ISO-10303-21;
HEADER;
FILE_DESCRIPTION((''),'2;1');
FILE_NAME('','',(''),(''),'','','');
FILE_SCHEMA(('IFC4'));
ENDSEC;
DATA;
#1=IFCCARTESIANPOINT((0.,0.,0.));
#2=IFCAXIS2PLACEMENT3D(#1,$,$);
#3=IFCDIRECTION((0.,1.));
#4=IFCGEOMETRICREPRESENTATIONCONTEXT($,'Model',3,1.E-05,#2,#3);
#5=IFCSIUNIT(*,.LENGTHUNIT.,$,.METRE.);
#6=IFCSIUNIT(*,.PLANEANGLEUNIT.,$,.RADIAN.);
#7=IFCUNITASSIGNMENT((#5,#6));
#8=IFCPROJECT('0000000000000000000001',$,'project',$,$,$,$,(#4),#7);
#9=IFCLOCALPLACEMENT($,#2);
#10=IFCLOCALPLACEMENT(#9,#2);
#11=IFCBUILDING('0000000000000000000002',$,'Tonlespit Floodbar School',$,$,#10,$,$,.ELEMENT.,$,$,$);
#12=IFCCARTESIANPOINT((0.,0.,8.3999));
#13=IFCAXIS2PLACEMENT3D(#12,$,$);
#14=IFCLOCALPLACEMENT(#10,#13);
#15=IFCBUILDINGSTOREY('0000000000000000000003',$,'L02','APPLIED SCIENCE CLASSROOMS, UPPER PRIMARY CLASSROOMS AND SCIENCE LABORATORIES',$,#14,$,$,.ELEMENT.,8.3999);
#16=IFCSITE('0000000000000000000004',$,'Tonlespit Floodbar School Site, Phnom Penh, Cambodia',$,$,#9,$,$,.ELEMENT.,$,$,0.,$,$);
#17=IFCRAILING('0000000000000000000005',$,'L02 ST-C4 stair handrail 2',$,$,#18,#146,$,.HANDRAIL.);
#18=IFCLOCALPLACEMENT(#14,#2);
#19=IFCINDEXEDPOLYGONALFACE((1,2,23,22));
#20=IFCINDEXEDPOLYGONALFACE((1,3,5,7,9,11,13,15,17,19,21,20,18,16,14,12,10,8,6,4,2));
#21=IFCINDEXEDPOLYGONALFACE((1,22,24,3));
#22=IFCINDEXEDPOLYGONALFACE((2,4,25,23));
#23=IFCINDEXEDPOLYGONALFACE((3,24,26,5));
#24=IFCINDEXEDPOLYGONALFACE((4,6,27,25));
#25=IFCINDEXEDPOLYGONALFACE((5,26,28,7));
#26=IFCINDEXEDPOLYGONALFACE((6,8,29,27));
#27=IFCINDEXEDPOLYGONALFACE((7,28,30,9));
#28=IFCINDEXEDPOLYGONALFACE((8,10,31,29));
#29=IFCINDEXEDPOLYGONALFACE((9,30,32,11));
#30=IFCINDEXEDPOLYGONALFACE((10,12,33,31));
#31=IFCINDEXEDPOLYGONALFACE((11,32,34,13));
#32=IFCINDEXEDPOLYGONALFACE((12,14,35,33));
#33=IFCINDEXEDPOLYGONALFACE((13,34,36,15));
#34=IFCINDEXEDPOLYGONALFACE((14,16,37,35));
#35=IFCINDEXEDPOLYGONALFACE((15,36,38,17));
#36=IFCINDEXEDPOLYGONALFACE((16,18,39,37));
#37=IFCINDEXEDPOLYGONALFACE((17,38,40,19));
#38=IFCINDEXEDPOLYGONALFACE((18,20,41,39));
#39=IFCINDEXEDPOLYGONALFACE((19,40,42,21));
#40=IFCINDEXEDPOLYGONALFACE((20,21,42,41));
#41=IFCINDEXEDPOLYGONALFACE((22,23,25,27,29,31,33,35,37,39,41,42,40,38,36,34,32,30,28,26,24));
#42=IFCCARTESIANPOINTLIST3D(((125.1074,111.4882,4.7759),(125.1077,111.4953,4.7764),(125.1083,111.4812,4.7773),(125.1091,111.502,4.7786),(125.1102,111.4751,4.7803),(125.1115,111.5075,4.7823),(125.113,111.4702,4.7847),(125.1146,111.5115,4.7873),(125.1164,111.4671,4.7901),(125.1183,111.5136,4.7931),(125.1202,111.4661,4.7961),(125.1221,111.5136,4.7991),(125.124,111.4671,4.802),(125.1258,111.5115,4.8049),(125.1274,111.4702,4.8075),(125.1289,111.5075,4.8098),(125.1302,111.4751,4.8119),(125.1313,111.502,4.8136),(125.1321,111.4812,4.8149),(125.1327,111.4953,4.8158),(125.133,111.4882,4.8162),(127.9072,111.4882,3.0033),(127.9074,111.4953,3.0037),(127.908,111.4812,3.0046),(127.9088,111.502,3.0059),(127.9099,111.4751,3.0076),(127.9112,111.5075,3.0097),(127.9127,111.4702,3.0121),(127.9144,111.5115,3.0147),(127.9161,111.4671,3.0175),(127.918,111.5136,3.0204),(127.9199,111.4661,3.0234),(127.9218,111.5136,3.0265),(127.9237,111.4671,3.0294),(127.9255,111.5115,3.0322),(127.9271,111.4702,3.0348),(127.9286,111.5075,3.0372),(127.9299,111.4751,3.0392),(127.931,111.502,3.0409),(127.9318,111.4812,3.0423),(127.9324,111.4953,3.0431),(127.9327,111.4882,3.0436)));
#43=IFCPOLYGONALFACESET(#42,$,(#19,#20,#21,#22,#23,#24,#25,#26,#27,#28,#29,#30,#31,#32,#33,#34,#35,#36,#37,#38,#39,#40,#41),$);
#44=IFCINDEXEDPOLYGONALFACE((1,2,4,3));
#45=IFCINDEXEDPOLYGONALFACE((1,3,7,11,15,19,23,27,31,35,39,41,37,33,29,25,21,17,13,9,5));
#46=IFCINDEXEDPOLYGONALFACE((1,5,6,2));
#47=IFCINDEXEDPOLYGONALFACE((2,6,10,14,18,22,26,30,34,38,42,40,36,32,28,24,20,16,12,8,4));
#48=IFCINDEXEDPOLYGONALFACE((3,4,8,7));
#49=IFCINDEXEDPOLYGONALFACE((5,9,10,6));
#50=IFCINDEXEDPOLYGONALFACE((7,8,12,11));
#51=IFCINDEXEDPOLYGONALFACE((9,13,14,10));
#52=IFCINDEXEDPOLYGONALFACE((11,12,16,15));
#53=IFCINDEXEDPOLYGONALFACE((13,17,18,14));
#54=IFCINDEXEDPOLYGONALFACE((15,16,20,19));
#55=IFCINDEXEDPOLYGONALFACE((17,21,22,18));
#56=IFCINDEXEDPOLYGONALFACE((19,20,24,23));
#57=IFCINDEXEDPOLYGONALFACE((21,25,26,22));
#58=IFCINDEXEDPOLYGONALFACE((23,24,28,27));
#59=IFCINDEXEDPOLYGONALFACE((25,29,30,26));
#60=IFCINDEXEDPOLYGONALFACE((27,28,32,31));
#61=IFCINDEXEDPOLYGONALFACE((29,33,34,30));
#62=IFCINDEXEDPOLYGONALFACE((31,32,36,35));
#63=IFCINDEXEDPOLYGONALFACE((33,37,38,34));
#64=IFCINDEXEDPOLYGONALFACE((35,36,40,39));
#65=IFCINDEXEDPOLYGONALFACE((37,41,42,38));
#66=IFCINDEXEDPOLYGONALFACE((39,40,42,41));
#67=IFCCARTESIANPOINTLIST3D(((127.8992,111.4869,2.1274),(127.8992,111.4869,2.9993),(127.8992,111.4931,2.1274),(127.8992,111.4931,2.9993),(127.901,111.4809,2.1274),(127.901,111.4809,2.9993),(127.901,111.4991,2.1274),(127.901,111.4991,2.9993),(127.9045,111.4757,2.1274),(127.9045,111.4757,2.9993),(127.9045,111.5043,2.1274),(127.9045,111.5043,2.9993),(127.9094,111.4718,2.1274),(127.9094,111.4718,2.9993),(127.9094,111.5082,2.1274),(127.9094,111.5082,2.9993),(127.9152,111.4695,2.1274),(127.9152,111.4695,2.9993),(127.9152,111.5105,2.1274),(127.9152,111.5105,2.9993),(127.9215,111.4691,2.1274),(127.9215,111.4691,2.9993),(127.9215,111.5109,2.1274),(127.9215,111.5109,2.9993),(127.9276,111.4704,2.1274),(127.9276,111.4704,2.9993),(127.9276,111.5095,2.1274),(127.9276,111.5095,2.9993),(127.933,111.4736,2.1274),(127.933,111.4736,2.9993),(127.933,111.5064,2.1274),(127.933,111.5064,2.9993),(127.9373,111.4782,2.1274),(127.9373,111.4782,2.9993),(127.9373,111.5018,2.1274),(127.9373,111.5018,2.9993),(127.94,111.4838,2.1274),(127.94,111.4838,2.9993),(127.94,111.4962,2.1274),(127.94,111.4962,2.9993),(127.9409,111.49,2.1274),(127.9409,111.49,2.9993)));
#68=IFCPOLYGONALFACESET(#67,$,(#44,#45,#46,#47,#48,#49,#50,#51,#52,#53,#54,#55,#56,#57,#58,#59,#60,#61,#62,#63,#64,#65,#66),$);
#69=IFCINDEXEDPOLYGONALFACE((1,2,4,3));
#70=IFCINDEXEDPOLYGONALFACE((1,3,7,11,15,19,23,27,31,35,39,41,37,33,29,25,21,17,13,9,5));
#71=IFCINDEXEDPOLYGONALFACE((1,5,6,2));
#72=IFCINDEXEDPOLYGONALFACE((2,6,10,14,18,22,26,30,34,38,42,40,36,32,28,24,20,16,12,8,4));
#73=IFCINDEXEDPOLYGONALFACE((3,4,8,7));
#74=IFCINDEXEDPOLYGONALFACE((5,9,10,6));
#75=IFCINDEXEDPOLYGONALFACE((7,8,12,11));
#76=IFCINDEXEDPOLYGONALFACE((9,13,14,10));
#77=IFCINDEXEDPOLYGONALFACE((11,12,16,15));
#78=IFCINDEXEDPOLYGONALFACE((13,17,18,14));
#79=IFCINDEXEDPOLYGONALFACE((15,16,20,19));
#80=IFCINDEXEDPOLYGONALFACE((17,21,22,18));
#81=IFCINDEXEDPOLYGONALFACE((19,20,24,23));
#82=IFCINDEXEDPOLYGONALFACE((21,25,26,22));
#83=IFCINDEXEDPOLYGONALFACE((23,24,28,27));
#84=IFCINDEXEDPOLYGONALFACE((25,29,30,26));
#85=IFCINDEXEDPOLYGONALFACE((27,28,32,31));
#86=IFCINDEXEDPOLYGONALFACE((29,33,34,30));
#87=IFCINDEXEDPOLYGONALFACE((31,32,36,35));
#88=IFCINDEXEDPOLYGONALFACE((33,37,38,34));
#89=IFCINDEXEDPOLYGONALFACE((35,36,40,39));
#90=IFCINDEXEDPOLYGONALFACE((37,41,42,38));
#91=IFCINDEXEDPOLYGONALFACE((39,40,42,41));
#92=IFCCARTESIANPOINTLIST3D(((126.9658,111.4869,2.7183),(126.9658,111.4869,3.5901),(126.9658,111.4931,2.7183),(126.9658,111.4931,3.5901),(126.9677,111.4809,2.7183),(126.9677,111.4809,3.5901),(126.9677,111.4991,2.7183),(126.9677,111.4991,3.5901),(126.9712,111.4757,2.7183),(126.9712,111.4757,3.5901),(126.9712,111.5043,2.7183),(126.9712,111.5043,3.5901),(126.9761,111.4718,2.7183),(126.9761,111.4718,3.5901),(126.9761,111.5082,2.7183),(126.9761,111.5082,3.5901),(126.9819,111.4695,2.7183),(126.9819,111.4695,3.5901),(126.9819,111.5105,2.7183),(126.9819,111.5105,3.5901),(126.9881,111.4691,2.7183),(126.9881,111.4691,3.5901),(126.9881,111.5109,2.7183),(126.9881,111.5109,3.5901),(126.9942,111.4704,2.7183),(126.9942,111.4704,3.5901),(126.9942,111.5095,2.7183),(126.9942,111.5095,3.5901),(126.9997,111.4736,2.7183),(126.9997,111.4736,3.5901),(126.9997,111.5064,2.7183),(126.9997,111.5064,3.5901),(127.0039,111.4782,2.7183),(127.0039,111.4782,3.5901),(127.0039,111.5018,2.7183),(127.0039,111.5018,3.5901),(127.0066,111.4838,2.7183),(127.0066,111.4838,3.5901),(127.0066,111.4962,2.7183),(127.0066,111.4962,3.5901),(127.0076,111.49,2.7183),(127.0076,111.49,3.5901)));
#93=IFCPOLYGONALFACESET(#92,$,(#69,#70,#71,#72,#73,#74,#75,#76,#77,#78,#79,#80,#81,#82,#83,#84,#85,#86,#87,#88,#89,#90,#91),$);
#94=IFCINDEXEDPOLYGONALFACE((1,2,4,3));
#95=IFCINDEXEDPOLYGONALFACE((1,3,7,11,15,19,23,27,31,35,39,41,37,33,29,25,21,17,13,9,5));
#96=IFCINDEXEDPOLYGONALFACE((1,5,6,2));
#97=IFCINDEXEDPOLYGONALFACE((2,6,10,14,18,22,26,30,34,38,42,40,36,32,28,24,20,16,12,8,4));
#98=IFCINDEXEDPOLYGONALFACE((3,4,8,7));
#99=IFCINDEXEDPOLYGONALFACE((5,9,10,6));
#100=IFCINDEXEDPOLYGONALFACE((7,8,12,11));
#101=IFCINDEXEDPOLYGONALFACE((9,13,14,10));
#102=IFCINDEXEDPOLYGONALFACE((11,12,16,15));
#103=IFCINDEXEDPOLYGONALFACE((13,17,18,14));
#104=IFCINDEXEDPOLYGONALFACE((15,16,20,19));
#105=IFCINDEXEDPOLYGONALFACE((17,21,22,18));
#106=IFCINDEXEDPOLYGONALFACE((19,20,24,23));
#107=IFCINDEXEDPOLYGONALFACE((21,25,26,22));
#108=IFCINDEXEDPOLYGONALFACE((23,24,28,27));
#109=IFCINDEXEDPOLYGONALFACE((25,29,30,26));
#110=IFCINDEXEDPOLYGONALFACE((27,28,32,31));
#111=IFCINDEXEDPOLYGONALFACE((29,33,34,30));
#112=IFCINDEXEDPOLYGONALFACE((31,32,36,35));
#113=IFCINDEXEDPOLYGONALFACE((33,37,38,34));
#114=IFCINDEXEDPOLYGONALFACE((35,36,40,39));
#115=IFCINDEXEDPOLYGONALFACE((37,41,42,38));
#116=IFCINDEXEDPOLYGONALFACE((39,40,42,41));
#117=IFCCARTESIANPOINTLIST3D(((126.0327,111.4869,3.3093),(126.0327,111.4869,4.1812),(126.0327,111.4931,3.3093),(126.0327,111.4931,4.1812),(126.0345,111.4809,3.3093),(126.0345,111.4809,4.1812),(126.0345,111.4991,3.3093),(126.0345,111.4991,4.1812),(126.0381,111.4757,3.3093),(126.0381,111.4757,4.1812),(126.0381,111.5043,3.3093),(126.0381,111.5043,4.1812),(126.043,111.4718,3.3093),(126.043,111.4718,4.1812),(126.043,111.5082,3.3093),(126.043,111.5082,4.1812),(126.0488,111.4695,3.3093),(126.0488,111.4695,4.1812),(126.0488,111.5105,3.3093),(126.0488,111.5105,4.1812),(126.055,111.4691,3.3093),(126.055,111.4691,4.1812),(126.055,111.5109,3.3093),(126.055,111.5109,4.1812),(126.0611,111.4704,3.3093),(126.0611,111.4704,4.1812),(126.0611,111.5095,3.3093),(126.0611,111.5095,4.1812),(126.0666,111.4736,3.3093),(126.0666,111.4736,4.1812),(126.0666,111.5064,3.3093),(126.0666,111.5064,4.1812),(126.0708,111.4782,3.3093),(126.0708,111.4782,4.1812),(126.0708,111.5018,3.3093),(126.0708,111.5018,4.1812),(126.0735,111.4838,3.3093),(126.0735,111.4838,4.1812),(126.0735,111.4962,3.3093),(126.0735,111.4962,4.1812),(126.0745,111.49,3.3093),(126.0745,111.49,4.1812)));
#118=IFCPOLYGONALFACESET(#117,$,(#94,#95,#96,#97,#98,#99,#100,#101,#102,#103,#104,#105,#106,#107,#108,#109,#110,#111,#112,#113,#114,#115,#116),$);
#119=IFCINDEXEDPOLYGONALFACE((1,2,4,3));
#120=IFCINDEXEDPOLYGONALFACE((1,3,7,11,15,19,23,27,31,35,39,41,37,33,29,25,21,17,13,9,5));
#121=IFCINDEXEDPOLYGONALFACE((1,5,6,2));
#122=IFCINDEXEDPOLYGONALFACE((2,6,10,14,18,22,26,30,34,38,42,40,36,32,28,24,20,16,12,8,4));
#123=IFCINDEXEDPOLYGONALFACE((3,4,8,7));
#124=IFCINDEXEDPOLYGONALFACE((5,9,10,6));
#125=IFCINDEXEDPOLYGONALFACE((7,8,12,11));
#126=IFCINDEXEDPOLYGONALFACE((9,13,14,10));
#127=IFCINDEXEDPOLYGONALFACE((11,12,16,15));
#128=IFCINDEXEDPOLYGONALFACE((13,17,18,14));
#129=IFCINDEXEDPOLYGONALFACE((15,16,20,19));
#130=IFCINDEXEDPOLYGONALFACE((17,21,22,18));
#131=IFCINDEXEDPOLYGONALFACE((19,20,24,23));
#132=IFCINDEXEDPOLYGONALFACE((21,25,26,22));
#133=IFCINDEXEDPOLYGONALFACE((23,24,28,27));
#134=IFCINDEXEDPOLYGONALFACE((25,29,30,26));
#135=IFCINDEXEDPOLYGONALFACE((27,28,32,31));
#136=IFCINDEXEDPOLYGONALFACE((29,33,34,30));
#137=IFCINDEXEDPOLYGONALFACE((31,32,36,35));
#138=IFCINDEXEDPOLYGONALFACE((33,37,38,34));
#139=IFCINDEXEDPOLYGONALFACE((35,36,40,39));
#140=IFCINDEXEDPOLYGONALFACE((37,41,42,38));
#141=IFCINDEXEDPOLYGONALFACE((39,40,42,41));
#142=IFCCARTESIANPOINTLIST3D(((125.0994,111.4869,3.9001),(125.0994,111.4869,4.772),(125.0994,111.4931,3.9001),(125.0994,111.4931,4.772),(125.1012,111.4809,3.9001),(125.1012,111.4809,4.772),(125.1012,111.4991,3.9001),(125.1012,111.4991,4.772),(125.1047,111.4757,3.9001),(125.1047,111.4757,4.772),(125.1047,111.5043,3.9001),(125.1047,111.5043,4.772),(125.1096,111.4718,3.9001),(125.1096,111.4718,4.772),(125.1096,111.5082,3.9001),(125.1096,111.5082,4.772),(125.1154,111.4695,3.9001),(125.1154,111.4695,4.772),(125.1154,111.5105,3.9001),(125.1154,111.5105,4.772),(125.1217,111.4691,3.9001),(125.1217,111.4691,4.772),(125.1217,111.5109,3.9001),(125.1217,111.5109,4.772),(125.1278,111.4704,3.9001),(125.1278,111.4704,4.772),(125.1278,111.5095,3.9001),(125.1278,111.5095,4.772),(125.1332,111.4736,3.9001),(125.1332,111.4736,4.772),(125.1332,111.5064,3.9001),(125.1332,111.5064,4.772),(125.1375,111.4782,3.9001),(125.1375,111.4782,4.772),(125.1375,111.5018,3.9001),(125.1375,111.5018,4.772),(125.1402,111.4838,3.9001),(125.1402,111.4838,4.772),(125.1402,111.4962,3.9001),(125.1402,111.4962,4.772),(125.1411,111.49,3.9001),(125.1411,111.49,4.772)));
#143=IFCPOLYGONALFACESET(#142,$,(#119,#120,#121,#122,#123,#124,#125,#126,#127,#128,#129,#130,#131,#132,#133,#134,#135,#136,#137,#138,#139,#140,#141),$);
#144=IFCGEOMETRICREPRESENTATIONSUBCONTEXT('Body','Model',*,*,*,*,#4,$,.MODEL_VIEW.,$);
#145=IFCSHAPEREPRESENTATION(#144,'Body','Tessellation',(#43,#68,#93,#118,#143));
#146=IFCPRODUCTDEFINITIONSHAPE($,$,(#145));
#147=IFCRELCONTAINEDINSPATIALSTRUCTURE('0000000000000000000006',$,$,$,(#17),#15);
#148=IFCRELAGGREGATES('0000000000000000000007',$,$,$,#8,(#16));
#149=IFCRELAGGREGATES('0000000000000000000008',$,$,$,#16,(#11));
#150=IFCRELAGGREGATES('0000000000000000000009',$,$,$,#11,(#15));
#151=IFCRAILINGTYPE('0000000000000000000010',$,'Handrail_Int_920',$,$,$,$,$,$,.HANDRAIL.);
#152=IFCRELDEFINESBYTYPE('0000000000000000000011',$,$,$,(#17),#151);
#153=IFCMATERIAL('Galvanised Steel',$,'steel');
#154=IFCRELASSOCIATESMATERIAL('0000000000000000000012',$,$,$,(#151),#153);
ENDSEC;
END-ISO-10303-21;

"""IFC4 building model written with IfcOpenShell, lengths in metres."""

from ifc_helpers import new_model, si_unit, direction, frame, origin, origin_2d, place, context, subcontext, project, spatial, circle, extrude, material, type_object, element, save


model = new_model("IFC4")

# Units and contexts
model_context = context("Model", 3, precision=1e-05, world=origin(), true_north=direction((0.0, 1.0)))
body_context = subcontext(model_context, "Body", "Model", "MODEL_VIEW")
ifc_project = project(units=[si_unit("LENGTHUNIT", "METRE"), si_unit("PLANEANGLEUNIT", "RADIAN")], contexts=[model_context])

# Site, building, storey
site_placement = place(None, origin())
site = spatial("IfcSite", under=ifc_project, at=site_placement, Name="Tonlespit Floodbar School Site, Phnom Penh, Cambodia", CompositionType="ELEMENT", RefElevation=0.0)
building_placement = place(site_placement, origin())
building = spatial("IfcBuilding", under=site, at=building_placement, Name="Tonlespit Floodbar School", CompositionType="ELEMENT")
storey_placement = place(building_placement, frame((0.0, 0.0, 8.3999)))
storey = spatial("IfcBuildingStorey", under=building, at=storey_placement, Name="L02", Description="APPLIED SCIENCE CLASSROOMS, UPPER PRIMARY CLASSROOMS AND SCIENCE LABORATORIES", CompositionType="ELEMENT", Elevation=8.3999)

# Railing
ifc_material_1 = material(Name="Galvanised Steel", Category="steel")
railing_type_1 = type_object("IfcRailingType", Name="Handrail_Int_920", PredefinedType="HANDRAIL", material=ifc_material_1)
railing_1_placement = place(storey_placement, frame((127.9199, 111.49, 2.1274)))
element("IfcRailing", 1, at=railing_1_placement, inside=storey, type_object=railing_type_1, Name="L02 ST-C4 stair handrail 2", PredefinedType="HANDRAIL", context=body_context, shape_type="SweptSolid", body=[
    extrude(circle(Radius=0.0239, at=origin_2d()), frame((0.0, 0.0, 0.896), z_axis=(-0.844888, 0.0, 0.534943), x_axis=(0.0, -1.0, 0.0)), (0.0, 0.0, 1.0), 3.3137),
    extrude(circle(Radius=0.021, at=origin_2d()), origin(), (0.0, 0.0, 1.0), 0.8718),
    extrude(circle(Radius=0.021, at=origin_2d()), frame((-0.9333, 0.0, 0.5908)), (0.0, 0.0, 1.0), 0.8718),
    extrude(circle(Radius=0.021, at=origin_2d()), frame((-1.8665, 0.0, 1.1819)), (0.0, 0.0, 1.0), 0.8718),
    extrude(circle(Radius=0.021, at=origin_2d()), frame((-2.7998, 0.0, 1.7727)), (0.0, 0.0, 1.0), 0.8718),
])

save(model, "model.ifc")
